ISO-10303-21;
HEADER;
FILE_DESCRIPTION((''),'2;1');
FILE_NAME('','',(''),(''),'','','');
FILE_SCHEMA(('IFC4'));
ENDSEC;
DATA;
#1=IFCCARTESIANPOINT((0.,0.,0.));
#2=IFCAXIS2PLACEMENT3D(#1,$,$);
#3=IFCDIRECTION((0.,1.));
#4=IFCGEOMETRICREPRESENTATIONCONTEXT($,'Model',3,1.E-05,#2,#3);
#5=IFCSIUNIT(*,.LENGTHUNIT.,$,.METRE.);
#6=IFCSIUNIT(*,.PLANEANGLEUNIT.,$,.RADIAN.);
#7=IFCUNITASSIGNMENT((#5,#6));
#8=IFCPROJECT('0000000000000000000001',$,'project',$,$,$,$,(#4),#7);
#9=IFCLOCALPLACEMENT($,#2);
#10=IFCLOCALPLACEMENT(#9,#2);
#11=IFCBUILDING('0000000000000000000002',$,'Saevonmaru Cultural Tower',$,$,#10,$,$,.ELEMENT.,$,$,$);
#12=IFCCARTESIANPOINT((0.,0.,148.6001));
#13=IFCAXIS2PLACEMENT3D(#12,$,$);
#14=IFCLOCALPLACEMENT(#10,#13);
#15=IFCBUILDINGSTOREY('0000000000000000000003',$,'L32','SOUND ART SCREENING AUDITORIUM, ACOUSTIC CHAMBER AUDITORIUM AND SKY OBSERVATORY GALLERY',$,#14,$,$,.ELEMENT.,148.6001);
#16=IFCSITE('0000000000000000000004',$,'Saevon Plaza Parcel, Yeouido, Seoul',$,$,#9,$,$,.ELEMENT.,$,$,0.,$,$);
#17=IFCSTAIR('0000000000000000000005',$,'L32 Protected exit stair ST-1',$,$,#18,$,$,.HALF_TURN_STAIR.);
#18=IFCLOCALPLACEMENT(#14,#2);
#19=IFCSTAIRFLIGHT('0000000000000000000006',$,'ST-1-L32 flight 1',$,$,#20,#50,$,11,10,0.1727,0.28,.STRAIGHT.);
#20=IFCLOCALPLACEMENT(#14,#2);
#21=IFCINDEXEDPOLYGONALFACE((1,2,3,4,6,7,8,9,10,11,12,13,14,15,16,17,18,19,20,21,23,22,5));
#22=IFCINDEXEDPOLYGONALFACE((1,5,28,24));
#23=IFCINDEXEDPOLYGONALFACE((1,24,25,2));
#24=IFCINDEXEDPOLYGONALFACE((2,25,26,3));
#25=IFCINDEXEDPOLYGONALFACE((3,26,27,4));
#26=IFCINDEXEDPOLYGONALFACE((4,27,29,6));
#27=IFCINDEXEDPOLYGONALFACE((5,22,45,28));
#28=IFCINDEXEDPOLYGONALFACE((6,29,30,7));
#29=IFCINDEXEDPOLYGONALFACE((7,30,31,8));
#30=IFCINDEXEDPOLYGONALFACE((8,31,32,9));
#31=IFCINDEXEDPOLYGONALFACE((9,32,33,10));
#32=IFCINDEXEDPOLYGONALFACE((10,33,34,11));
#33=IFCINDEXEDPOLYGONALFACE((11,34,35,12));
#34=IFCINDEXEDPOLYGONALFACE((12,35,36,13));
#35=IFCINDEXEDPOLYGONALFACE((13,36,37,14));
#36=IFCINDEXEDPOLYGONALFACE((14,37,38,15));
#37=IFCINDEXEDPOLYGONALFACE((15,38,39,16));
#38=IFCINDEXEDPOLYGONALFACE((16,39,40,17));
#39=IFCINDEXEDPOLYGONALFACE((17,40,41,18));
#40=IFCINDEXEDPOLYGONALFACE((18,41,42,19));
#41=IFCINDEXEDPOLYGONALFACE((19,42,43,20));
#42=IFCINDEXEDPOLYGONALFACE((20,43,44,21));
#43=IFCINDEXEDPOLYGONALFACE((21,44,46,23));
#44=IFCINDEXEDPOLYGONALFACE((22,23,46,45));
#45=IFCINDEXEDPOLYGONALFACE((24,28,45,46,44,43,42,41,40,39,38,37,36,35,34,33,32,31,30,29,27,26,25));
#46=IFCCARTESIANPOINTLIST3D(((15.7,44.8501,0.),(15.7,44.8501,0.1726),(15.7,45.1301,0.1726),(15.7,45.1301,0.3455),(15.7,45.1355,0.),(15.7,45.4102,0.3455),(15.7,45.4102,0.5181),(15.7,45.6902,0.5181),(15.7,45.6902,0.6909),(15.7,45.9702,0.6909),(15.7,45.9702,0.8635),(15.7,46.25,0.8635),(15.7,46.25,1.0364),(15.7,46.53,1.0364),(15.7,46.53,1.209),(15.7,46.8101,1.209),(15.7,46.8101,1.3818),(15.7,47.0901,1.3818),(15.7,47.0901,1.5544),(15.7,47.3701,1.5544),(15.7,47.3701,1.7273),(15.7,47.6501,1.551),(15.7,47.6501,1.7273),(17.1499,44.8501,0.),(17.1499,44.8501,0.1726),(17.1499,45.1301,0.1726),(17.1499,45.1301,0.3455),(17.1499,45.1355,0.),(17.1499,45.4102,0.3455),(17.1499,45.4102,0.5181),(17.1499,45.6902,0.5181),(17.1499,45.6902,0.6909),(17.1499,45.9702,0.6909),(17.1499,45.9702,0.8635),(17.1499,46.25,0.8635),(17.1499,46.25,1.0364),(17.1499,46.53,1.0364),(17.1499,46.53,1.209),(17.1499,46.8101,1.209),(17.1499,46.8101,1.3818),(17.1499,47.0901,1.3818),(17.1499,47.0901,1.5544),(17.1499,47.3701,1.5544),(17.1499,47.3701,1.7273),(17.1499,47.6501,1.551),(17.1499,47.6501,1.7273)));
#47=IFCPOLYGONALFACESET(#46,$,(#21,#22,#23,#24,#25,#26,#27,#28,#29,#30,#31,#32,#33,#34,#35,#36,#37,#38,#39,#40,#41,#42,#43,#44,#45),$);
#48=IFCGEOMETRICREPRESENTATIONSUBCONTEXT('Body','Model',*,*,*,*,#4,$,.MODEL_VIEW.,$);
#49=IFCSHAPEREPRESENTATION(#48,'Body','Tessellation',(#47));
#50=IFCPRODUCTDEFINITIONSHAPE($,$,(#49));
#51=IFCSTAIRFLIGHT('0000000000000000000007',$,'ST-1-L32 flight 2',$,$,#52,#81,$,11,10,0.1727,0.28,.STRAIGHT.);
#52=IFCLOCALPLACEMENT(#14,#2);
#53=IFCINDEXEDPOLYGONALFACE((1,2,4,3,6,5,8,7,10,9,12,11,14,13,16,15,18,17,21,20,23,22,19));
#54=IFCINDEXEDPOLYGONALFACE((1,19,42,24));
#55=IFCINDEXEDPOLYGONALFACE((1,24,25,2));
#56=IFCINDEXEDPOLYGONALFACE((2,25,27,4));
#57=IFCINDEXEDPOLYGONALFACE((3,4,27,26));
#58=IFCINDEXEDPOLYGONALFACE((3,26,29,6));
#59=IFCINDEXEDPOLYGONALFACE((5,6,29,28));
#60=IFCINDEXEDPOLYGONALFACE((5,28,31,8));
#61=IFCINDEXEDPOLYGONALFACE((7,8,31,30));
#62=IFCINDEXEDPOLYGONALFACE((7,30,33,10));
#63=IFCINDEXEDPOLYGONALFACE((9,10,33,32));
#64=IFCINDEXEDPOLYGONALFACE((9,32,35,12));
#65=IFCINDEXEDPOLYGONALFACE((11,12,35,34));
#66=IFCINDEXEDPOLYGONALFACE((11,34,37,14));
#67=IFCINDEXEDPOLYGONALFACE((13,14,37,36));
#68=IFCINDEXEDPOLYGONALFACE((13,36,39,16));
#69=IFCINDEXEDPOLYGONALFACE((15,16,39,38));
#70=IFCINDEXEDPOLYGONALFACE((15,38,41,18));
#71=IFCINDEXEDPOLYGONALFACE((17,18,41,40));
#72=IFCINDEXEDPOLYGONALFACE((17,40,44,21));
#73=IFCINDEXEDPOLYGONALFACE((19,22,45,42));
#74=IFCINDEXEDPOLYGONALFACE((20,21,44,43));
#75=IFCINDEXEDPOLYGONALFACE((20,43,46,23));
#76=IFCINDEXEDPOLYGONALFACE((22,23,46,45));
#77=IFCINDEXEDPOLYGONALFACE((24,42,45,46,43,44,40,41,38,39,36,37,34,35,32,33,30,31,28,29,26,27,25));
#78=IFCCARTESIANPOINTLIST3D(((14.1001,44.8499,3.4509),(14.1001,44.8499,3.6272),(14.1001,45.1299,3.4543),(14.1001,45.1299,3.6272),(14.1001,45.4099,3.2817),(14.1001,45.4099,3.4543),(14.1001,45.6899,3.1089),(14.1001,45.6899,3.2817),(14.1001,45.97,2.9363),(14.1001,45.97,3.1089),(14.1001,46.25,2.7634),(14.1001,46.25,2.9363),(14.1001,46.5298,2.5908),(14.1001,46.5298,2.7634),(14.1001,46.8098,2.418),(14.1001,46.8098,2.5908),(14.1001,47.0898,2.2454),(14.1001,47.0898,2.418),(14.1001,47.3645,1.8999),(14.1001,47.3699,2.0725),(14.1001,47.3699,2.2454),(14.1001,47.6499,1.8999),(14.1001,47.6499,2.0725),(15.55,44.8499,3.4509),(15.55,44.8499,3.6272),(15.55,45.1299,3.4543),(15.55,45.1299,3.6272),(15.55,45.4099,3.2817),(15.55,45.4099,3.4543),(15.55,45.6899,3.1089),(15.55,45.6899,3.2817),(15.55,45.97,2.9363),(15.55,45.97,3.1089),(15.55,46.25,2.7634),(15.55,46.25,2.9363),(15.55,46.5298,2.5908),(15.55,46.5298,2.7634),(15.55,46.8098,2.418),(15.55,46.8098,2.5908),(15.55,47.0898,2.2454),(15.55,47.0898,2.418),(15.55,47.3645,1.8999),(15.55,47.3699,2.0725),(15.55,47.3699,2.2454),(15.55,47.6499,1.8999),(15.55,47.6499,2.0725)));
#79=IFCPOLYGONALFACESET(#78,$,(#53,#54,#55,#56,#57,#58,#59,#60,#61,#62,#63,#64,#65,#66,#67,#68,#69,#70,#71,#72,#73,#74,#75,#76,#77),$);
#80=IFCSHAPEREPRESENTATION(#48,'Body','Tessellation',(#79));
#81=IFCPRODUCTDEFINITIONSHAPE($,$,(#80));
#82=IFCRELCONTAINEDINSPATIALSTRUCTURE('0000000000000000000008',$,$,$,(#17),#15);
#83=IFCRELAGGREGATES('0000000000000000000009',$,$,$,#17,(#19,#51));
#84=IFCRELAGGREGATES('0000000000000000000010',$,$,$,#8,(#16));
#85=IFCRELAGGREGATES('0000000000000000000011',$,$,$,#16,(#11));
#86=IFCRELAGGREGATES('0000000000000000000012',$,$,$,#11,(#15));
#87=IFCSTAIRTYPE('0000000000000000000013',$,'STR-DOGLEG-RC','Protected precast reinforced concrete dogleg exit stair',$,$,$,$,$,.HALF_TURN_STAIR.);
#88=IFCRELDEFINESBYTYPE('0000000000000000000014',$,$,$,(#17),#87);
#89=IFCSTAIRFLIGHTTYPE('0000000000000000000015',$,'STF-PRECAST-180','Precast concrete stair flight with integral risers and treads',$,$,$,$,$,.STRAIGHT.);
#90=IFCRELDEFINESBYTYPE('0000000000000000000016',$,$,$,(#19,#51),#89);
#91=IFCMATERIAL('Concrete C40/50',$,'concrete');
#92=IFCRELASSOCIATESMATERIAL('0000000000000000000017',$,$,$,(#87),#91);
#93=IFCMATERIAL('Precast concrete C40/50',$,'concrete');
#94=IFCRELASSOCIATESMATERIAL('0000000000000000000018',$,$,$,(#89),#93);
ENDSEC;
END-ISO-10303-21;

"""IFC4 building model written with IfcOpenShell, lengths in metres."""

from ifc_helpers import new_model, si_unit, direction, frame, origin, place, context, subcontext, project, spatial, polyline, outline, extrude, material, type_object, element, aggregate, save


model = new_model("IFC4")

# Units and contexts
model_context = context("Model", 3, precision=1e-05, world=origin(), true_north=direction((0.0, 1.0)))
body_context = subcontext(model_context, "Body", "Model", "MODEL_VIEW")
ifc_project = project(units=[si_unit("LENGTHUNIT", "METRE"), si_unit("PLANEANGLEUNIT", "RADIAN")], contexts=[model_context])

# Site, building, storey
site_placement = place(None, origin())
site = spatial("IfcSite", under=ifc_project, at=site_placement, Name="Saevon Plaza Parcel, Yeouido, Seoul", CompositionType="ELEMENT", RefElevation=0.0)
building_placement = place(site_placement, origin())
building = spatial("IfcBuilding", under=site, at=building_placement, Name="Saevonmaru Cultural Tower", CompositionType="ELEMENT")
storey_placement = place(building_placement, frame((0.0, 0.0, 148.6001)))
storey = spatial("IfcBuildingStorey", under=building, at=storey_placement, Name="L32", Description="SOUND ART SCREENING AUDITORIUM, ACOUSTIC CHAMBER AUDITORIUM AND SKY OBSERVATORY GALLERY", CompositionType="ELEMENT", Elevation=148.6001)

# Shared definitions
ifc_material_1 = material(Name="Concrete C40/50", Category="concrete")

# Stair, stair flights
stair_type = type_object("IfcStairType", Name="STR-DOGLEG-RC", Description="Protected precast reinforced concrete dogleg exit stair", PredefinedType="HALF_TURN_STAIR", material=ifc_material_1)
stair_placement = place(storey_placement, origin())
stair = element("IfcStair", 1, at=stair_placement, inside=storey, type_object=stair_type, Name="L32 Protected exit stair ST-1", PredefinedType="HALF_TURN_STAIR")
ifc_material_2 = material(Name="Precast concrete C40/50", Category="concrete")
stair_flight_type = type_object("IfcStairFlightType", Name="STF-PRECAST-180", Description="Precast concrete stair flight with integral risers and treads", PredefinedType="STRAIGHT", material=ifc_material_2)
stair_flight_1_placement = place(storey_placement, frame((16.425, 44.8501, 0.0), z_axis=(0.0, 0.0, 1.0), x_axis=(0.0, 1.0, 0.0)))
stair_flight_1 = element("IfcStairFlight", 2, at=stair_flight_1_placement, type_object=stair_flight_type, Name="ST-1-L32 flight 1", NumberOfRisers=11, NumberOfTreads=10, PredefinedType="STRAIGHT", RiserHeight=0.1727, TreadLength=0.28, context=body_context, shape_type="SweptSolid", body=[
    extrude(outline(polyline([(0.0, 0.0), (0.0, 0.1726), (0.28, 0.1726), (0.28, 0.3455), (0.5601, 0.3455), (0.5601, 0.5181), (0.8401, 0.5181), (0.8401, 0.6909), (1.1201, 0.6909), (1.1201, 0.8635), (1.3999, 0.8635), (1.3999, 1.0364), (1.6799, 1.0364), (1.6799, 1.209), (1.96, 1.209), (1.96, 1.3818), (2.24, 1.3818), (2.24, 1.5544), (2.52, 1.5544), (2.52, 1.7273), (2.8, 1.7273), (2.8, 1.8999), (2.8, 1.551), (0.2854, 0.0), (0.0, 0.0)])), frame((0.0, 0.7251, 0.0), z_axis=(0.0, -1.0, 0.0), x_axis=(1.0, 0.0, 0.0)), (0.0, 0.0, 1.0), 1.45),
])
stair_flight_2_placement = place(storey_placement, frame((14.825, 47.6499, 1.8999), z_axis=(0.0, 0.0, 1.0), x_axis=(0.0, -1.0, 0.0)))
stair_flight_2 = element("IfcStairFlight", 3, at=stair_flight_2_placement, type_object=stair_flight_type, Name="ST-1-L32 flight 2", NumberOfRisers=11, NumberOfTreads=10, PredefinedType="STRAIGHT", RiserHeight=0.1727, TreadLength=0.28, context=body_context, shape_type="SweptSolid", body=[
    extrude(outline(polyline([(0.0, 0.0), (0.0, 0.1726), (0.28, 0.1726), (0.28, 0.3455), (0.5601, 0.3455), (0.5601, 0.5181), (0.8401, 0.5181), (0.8401, 0.6909), (1.1201, 0.6909), (1.1201, 0.8635), (1.3999, 0.8635), (1.3999, 1.0364), (1.6799, 1.0364), (1.6799, 1.209), (1.96, 1.209), (1.96, 1.3818), (2.24, 1.3818), (2.24, 1.5544), (2.52, 1.5544), (2.52, 1.7273), (2.8, 1.7273), (2.8, 1.8999), (2.8, 1.551), (0.2854, 0.0), (0.0, 0.0)])), frame((0.0, 0.7251, 0.0), z_axis=(0.0, -1.0, 0.0), x_axis=(1.0, 0.0, 0.0)), (0.0, 0.0, 1.0), 1.45),
])
aggregate(stair, [stair_flight_1, stair_flight_2])

save(model, "model.ifc")
